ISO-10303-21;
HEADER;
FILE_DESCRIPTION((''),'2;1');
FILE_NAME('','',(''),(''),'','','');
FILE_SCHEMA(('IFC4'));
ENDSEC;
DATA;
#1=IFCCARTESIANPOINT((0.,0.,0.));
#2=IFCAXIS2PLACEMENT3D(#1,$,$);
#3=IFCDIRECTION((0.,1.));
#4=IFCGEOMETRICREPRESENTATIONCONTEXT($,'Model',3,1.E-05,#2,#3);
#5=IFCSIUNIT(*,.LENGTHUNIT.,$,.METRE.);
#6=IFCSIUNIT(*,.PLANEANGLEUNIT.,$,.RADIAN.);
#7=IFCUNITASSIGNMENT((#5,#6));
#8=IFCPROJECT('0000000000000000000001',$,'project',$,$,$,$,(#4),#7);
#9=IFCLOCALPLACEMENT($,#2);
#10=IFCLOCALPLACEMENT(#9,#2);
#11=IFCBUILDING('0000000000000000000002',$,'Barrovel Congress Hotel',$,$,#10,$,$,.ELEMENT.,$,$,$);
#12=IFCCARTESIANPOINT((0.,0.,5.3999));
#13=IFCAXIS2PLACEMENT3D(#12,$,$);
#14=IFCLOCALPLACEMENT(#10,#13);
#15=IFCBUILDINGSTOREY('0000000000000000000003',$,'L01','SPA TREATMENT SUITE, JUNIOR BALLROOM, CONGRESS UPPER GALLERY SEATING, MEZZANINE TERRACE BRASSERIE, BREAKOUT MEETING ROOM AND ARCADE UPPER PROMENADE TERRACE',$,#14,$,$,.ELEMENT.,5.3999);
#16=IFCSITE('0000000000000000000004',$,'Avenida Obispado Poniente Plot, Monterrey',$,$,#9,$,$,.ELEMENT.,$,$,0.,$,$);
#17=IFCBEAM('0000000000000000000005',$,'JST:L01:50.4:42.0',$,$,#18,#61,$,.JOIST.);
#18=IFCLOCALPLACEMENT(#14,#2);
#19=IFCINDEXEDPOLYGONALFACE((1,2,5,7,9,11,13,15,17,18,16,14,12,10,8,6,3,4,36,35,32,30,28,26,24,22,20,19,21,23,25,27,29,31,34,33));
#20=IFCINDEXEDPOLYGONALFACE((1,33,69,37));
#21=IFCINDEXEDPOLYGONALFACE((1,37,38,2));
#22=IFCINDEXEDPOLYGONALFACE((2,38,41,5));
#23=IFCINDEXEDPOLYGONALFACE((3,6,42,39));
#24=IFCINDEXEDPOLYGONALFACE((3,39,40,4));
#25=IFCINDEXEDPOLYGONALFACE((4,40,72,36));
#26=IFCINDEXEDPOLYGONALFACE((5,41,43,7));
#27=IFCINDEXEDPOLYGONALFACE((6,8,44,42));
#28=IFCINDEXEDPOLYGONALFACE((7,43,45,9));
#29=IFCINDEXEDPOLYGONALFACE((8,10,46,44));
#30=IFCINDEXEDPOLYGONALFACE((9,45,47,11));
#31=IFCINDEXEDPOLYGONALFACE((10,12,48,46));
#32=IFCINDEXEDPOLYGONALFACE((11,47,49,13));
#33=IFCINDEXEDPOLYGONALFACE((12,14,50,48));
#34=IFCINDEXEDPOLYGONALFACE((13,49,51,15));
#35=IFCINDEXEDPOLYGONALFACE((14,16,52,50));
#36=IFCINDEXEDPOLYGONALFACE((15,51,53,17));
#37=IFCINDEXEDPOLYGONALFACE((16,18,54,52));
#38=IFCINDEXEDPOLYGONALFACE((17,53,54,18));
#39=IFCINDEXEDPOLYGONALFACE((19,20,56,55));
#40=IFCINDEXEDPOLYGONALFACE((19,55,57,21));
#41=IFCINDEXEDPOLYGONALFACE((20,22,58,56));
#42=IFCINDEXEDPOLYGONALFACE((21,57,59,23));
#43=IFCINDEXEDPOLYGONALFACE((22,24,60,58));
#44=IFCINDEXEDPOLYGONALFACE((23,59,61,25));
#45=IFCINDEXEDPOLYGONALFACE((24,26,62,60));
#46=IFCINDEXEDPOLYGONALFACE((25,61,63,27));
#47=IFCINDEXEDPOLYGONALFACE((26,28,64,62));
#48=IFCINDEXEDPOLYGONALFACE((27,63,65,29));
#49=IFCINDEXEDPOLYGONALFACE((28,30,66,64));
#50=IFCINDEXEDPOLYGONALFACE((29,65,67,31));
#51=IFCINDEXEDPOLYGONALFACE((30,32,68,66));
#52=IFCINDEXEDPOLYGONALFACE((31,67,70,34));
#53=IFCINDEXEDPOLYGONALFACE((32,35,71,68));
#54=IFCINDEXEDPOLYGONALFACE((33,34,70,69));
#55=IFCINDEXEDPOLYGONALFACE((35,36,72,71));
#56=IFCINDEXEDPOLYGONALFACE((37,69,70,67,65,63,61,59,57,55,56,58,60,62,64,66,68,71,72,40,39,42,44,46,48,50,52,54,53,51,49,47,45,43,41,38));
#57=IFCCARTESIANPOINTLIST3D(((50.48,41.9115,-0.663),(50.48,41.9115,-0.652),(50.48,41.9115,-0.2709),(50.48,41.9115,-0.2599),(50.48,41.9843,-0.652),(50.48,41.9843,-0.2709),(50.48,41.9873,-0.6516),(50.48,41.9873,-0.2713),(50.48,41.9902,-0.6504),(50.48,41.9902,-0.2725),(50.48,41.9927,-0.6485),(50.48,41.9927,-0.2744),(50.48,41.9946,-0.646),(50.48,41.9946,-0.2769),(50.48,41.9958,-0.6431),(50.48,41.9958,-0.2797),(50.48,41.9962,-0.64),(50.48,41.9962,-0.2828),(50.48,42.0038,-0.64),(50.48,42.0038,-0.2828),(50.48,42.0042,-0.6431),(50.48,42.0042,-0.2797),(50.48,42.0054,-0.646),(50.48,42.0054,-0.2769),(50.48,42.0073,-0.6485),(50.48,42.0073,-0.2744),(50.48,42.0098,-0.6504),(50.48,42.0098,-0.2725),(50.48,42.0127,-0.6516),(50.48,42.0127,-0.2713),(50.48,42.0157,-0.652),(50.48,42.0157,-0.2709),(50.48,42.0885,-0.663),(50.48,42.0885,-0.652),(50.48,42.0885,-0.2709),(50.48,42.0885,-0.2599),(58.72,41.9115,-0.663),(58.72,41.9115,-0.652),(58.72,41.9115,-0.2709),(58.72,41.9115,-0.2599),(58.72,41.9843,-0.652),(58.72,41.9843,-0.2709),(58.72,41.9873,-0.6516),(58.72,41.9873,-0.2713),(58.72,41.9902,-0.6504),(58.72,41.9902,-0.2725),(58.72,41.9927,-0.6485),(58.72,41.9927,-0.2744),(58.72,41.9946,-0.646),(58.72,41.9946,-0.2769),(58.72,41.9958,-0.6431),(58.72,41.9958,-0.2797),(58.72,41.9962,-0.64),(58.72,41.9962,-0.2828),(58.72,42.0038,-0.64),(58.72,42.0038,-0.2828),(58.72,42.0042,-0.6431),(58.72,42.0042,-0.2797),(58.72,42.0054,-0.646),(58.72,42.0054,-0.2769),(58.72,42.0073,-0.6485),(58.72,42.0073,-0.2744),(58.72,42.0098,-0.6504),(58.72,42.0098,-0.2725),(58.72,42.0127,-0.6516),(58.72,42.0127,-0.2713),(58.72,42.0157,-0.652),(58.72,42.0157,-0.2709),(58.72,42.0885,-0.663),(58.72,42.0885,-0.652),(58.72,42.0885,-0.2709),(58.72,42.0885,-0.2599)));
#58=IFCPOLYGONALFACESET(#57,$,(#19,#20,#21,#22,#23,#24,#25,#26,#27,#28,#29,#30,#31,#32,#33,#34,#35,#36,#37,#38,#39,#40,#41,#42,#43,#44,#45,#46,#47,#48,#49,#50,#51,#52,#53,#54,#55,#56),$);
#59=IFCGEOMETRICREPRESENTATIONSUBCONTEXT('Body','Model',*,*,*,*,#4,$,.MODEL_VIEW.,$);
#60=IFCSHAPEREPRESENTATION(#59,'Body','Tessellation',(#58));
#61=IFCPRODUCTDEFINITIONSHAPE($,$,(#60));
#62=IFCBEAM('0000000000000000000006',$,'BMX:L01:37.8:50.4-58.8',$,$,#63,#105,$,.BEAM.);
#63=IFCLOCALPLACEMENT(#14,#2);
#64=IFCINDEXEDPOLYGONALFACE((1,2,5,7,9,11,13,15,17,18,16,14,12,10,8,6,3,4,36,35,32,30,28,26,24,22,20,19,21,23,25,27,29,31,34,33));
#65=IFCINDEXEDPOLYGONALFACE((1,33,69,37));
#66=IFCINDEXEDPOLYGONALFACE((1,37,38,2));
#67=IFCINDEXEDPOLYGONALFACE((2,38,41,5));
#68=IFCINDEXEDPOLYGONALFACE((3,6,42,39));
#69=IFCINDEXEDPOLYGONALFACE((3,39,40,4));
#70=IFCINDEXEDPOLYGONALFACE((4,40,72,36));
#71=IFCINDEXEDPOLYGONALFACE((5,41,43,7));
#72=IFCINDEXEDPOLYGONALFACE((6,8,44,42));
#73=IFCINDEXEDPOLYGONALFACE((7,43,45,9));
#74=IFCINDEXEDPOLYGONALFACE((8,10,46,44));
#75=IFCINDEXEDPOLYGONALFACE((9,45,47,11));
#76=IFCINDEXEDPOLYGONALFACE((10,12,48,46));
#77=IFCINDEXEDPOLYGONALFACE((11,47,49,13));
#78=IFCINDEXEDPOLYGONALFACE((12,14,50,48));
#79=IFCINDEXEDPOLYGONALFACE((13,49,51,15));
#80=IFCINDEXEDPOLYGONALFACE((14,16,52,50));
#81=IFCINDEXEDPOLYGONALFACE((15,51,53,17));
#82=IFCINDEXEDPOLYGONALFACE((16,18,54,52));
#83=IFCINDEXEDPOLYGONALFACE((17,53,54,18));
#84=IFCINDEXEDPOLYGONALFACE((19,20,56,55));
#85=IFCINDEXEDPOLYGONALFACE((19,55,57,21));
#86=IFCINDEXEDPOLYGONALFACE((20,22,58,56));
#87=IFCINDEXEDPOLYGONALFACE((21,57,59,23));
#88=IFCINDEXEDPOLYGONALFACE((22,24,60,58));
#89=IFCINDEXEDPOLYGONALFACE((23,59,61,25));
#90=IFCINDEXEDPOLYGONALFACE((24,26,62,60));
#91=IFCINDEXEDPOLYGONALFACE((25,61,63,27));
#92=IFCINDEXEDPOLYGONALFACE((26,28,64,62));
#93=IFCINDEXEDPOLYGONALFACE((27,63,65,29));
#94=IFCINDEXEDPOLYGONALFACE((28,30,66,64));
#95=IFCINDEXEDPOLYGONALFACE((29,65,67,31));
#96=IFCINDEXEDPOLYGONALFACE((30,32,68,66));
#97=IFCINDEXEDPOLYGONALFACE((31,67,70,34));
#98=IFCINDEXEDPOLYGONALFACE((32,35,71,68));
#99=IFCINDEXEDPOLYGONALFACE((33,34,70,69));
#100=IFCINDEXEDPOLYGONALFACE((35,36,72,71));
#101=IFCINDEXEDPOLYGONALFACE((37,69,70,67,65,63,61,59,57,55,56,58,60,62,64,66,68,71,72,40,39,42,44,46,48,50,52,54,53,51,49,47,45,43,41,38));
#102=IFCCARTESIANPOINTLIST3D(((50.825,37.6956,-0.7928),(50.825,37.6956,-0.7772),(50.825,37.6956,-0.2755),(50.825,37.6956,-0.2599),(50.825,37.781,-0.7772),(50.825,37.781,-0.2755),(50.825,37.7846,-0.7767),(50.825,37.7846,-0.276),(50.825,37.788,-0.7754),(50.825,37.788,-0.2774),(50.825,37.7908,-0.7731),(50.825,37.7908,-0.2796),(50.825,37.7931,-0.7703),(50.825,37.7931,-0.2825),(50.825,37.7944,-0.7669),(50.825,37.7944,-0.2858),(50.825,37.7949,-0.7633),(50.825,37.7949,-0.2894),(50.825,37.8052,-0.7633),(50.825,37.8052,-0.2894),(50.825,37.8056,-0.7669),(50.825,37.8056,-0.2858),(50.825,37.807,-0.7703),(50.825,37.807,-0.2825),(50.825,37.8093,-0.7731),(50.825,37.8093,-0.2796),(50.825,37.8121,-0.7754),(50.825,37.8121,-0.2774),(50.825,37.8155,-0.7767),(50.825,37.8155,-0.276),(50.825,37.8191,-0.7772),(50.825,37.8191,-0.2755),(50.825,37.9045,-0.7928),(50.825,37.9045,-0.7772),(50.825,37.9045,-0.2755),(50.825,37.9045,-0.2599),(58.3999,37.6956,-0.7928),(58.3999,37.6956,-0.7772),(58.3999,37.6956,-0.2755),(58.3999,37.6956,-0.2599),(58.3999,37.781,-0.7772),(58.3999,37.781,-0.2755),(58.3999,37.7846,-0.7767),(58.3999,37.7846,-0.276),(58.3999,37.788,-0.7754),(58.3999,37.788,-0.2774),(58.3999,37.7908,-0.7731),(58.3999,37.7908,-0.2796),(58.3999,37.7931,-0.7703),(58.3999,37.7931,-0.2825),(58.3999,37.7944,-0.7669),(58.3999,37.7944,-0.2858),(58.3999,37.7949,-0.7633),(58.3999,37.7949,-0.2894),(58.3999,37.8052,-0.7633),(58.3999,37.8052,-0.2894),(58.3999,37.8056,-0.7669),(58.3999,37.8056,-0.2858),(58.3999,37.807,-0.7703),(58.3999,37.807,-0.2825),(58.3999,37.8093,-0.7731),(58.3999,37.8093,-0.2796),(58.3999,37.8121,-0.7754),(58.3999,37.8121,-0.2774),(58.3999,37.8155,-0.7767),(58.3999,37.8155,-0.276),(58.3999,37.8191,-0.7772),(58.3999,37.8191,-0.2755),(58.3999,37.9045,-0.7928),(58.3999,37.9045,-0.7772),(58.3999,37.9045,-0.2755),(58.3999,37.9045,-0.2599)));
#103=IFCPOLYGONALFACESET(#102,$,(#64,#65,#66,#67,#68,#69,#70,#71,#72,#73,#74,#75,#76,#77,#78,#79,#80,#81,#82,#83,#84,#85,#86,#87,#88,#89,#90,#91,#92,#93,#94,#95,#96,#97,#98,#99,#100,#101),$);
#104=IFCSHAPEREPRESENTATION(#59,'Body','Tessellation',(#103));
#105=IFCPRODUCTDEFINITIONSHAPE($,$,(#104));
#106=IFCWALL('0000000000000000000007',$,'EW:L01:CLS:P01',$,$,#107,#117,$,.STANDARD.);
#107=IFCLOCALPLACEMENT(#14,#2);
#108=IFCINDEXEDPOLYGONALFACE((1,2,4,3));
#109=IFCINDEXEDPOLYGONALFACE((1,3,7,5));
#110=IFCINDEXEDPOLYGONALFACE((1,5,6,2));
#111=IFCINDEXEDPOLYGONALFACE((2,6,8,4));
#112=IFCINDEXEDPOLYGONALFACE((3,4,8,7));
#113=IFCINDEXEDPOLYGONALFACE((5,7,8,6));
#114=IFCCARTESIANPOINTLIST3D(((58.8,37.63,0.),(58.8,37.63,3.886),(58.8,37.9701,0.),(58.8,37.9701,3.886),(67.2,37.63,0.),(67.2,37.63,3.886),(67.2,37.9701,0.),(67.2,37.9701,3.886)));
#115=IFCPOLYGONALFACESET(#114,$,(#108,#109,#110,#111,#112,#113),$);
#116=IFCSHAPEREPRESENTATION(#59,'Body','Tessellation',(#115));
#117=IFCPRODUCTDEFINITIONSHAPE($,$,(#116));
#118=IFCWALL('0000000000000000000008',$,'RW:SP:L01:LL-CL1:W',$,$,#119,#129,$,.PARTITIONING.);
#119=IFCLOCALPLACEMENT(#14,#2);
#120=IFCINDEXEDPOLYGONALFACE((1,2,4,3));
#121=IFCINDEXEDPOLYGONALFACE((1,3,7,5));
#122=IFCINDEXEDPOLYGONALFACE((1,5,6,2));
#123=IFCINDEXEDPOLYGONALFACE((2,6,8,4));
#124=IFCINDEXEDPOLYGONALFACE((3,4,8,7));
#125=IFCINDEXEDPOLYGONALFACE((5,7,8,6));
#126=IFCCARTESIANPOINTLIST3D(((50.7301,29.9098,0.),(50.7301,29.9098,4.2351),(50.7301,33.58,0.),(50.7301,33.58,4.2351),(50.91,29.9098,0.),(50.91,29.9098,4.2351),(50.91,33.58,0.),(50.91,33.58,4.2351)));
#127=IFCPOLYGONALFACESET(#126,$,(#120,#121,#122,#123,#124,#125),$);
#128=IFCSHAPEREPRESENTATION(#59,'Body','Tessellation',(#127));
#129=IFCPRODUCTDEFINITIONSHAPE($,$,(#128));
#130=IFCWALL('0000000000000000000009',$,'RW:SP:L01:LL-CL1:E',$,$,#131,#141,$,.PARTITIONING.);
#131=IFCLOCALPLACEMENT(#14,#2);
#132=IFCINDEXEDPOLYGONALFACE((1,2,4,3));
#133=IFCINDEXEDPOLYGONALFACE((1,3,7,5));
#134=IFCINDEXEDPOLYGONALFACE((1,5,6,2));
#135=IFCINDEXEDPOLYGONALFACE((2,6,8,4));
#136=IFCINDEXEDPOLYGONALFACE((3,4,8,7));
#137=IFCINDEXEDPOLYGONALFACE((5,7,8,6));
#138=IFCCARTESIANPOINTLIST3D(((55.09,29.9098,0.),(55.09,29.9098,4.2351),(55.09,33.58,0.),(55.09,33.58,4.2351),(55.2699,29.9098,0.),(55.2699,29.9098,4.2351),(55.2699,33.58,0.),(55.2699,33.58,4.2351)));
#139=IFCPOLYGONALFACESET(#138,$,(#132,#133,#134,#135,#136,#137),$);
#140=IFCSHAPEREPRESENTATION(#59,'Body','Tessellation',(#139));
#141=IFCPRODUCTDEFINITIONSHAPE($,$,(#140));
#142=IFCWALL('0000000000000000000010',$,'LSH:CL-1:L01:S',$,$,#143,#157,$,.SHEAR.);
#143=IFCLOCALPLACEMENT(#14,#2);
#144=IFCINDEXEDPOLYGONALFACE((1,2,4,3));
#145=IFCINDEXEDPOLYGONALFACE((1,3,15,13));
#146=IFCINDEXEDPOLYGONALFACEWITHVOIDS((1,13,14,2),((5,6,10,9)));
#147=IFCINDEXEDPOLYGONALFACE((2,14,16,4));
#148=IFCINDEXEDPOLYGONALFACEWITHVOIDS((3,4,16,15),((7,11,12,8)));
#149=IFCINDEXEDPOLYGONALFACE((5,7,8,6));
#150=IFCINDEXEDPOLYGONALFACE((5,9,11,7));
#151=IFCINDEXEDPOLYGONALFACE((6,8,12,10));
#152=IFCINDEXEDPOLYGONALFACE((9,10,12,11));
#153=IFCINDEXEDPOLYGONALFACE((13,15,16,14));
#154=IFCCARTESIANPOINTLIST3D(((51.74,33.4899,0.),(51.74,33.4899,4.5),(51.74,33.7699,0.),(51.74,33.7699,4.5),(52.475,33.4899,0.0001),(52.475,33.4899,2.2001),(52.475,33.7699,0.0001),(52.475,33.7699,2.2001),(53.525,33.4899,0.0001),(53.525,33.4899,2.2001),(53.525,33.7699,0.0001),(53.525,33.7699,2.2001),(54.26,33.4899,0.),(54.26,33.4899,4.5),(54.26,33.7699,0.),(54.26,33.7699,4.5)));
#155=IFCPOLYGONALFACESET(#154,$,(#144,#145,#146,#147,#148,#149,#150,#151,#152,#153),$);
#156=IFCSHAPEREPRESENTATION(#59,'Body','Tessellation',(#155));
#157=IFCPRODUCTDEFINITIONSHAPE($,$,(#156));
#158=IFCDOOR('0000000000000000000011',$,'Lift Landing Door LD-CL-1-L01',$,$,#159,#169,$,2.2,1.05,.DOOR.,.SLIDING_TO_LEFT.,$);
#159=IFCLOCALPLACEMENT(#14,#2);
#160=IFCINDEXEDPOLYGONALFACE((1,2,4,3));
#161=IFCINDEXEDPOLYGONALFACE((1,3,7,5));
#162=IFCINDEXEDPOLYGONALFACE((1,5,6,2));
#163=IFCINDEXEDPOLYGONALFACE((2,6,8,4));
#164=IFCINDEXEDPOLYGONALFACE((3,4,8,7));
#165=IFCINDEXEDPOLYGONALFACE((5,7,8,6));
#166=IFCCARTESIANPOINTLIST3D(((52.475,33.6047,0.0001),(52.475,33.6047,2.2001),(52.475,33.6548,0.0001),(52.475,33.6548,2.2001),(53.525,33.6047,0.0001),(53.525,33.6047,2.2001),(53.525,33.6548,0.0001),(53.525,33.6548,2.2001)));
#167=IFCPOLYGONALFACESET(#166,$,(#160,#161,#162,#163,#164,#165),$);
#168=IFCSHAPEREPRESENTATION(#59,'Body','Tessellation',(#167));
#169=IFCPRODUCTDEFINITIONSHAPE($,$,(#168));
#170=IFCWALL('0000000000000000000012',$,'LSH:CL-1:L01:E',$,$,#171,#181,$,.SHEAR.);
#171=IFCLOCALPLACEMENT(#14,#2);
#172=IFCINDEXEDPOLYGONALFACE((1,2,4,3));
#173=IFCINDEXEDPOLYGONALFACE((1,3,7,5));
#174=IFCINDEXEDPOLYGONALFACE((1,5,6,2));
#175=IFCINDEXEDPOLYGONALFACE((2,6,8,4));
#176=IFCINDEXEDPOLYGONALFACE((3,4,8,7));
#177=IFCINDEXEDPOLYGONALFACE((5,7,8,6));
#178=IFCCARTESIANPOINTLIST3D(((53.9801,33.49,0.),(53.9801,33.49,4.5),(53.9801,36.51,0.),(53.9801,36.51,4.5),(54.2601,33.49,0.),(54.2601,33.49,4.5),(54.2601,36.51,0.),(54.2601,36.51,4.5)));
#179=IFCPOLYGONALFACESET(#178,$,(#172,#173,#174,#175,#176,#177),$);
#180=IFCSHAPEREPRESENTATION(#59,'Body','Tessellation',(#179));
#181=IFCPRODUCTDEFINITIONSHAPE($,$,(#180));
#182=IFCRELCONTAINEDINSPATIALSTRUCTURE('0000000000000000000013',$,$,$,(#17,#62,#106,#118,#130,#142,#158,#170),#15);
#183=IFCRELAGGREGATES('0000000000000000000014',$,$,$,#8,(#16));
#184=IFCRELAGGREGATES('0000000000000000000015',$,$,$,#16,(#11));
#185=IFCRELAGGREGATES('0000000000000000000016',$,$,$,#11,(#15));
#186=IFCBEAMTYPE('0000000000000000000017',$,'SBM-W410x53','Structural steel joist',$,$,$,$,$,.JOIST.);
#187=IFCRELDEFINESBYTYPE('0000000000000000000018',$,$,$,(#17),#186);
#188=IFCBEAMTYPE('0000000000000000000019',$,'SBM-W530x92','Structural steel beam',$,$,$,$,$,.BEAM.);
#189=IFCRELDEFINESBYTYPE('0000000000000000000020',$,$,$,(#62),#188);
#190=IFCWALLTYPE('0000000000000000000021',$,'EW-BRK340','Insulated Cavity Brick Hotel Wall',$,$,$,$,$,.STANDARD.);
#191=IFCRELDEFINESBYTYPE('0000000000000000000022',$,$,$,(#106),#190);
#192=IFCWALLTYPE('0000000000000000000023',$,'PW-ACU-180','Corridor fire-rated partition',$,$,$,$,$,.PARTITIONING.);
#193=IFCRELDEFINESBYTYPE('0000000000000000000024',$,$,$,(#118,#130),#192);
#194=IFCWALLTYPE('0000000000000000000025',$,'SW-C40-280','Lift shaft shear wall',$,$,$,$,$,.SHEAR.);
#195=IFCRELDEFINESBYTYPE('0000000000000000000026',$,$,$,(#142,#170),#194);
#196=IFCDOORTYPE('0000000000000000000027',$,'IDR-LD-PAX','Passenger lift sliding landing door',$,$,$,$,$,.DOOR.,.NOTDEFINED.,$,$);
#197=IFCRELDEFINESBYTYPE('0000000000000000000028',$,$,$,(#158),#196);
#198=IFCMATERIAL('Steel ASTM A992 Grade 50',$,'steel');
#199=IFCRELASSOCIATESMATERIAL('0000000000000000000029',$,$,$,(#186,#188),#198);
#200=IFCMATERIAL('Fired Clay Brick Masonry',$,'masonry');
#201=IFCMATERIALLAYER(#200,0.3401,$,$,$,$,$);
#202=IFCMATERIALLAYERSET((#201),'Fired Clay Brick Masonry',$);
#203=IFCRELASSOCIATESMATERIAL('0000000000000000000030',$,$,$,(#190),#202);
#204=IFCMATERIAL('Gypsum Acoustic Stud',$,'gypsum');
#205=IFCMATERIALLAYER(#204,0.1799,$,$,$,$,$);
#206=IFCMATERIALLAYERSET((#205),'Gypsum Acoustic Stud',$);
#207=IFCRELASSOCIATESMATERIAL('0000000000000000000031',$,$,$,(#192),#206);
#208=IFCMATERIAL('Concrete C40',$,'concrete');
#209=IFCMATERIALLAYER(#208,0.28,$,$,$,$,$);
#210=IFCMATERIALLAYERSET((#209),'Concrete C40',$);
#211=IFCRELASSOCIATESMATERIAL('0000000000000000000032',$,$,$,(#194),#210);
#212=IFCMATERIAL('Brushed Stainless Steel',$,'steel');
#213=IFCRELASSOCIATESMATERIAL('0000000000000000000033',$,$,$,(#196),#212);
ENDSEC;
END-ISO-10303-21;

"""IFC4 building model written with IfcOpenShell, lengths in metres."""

from ifc_helpers import new_model, si_unit, direction, frame, frame_2d, origin, origin_2d, place, context, subcontext, project, spatial, rectangle, i_section, extrude, material, layer, layer_set, material_profile, profile_set, type_object, element, fill, save


model = new_model("IFC4")

# Units and contexts
model_context = context("Model", 3, precision=1e-05, world=origin(), true_north=direction((0.0, 1.0)))
body_context = subcontext(model_context, "Body", "Model", "MODEL_VIEW")
ifc_project = project(units=[si_unit("LENGTHUNIT", "METRE"), si_unit("PLANEANGLEUNIT", "RADIAN")], contexts=[model_context])

# Site, building, storey
site_placement = place(None, origin())
site = spatial("IfcSite", under=ifc_project, at=site_placement, Name="Avenida Obispado Poniente Plot, Monterrey", CompositionType="ELEMENT", RefElevation=0.0)
building_placement = place(site_placement, origin())
building = spatial("IfcBuilding", under=site, at=building_placement, Name="Barrovel Congress Hotel", CompositionType="ELEMENT")
storey_placement = place(building_placement, frame((0.0, 0.0, 5.3999)))
storey = spatial("IfcBuildingStorey", under=building, at=storey_placement, Name="L01", Description="SPA TREATMENT SUITE, JUNIOR BALLROOM, CONGRESS UPPER GALLERY SEATING, MEZZANINE TERRACE BRASSERIE, BREAKOUT MEETING ROOM AND ARCADE UPPER PROMENADE TERRACE", CompositionType="ELEMENT", Elevation=5.3999)

# Shared definitions
ifc_material_1 = material(Name="Concrete C40", Category="concrete")

# Beams
ifc_material_2 = material(Name="Steel ASTM A992 Grade 50", Category="steel")
ifc_material_profile_1 = material_profile(ifc_material_2, i_section(OverallWidth=0.177, OverallDepth=0.4031, WebThickness=0.0076, FlangeThickness=0.011, FilletRadius=0.012, at=origin_2d()), Name="W410x53")
ifc_profile_set_1 = profile_set([ifc_material_profile_1], Name="Steel ASTM A992 Grade 50")
beam_type_1 = type_object("IfcBeamType", Name="SBM-W410x53", Description="Structural steel joist", PredefinedType="JOIST", material=ifc_profile_set_1)
beam_1_placement = place(storey_placement, frame((50.48, 42.0, -0.4614), z_axis=(1.0, 0.0, 0.0), x_axis=(0.0, 1.0, 0.0)))
element("IfcBeam", 1, at=beam_1_placement, inside=storey, type_object=beam_type_1, Name="JST:L01:50.4:42.0", PredefinedType="JOIST", context=body_context, shape_type="SweptSolid", body=[
    extrude(i_section(OverallWidth=0.177, OverallDepth=0.4031, WebThickness=0.0076, FlangeThickness=0.011, FilletRadius=0.012, at=origin_2d()), origin(), (0.0, 0.0, 1.0), 8.24),
])
ifc_material_profile_2 = material_profile(ifc_material_2, i_section(OverallWidth=0.209, OverallDepth=0.533, WebThickness=0.0103, FlangeThickness=0.0156, FilletRadius=0.0139, at=origin_2d()), Name="W530x92")
ifc_profile_set_2 = profile_set([ifc_material_profile_2], Name="Steel ASTM A992 Grade 50")
beam_type_2 = type_object("IfcBeamType", Name="SBM-W530x92", Description="Structural steel beam", PredefinedType="BEAM", material=ifc_profile_set_2)
beam_2_placement = place(storey_placement, frame((50.825, 37.8, -0.5264), z_axis=(1.0, 0.0, 0.0), x_axis=(0.0, 1.0, 0.0)))
element("IfcBeam", 2, at=beam_2_placement, inside=storey, type_object=beam_type_2, Name="BMX:L01:37.8:50.4-58.8", PredefinedType="BEAM", context=body_context, shape_type="SweptSolid", body=[
    extrude(i_section(OverallWidth=0.209, OverallDepth=0.533, WebThickness=0.0103, FlangeThickness=0.0156, FilletRadius=0.0139, at=origin_2d()), origin(), (0.0, 0.0, 1.0), 7.575),
])

# Wall
ifc_material_3 = material(Name="Fired Clay Brick Masonry", Category="masonry")
ifc_layer_1 = layer(ifc_material_3, 0.3401)
ifc_layer_set_1 = layer_set([ifc_layer_1], Name="Fired Clay Brick Masonry")
wall_type_1 = type_object("IfcWallType", Name="EW-BRK340", Description="Insulated Cavity Brick Hotel Wall", PredefinedType="STANDARD", material=ifc_layer_set_1)
wall_1_placement = place(storey_placement, frame((58.8, 37.8, 0.0), z_axis=(0.0, 0.0, 1.0), x_axis=(1.0, 0.0, 0.0)))
element("IfcWall", 3, at=wall_1_placement, inside=storey, type_object=wall_type_1, Name="EW:L01:CLS:P01", PredefinedType="STANDARD", context=body_context, shape_type="SweptSolid", body=[
    extrude(rectangle(XDim=8.3999, YDim=0.3401, at=frame_2d((4.2, 0.0))), origin(), (0.0, 0.0, 1.0), 3.886),
])

# Shared definitions
ifc_material_4 = material(Name="Gypsum Acoustic Stud", Category="gypsum")
ifc_layer_2 = layer(ifc_material_4, 0.1799)
ifc_layer_set_2 = layer_set([ifc_layer_2], Name="Gypsum Acoustic Stud")
wall_type_2 = type_object("IfcWallType", Name="PW-ACU-180", Description="Corridor fire-rated partition", PredefinedType="PARTITIONING", material=ifc_layer_set_2)

# Walls
for number, where, z_axis, x_axis, name in (
    (4, (50.8201, 29.9099, 0.0), (0.0, 0.0, 1.0), (0.0, 1.0, 0.0), "RW:SP:L01:LL-CL1:W"),
    (5, (55.1799, 29.9099, 0.0), (0.0, 0.0, 1.0), (0.0, 1.0, 0.0), "RW:SP:L01:LL-CL1:E"),
):
    element("IfcWall", number, at=place(storey_placement, frame(where, z_axis=z_axis, x_axis=x_axis)), inside=storey, type_object=wall_type_2, Name=name, PredefinedType="PARTITIONING", context=body_context, shape_type="SweptSolid", body=[
        extrude(rectangle(XDim=3.6702, YDim=0.1799, at=frame_2d((1.835, 0.0))), origin(), (0.0, 0.0, 1.0), 4.2351),
    ])

# Wall, opening, door
ifc_layer_3 = layer(ifc_material_1, 0.28)
ifc_layer_set_3 = layer_set([ifc_layer_3], Name="Concrete C40")
wall_type_3 = type_object("IfcWallType", Name="SW-C40-280", Description="Lift shaft shear wall", PredefinedType="SHEAR", material=ifc_layer_set_3)
wall_2_placement = place(storey_placement, frame((51.74, 33.6299, 0.0), z_axis=(0.0, 0.0, 1.0), x_axis=(1.0, 0.0, 0.0)))
wall_2 = element("IfcWall", 6, at=wall_2_placement, inside=storey, type_object=wall_type_3, Name="LSH:CL-1:L01:S", PredefinedType="SHEAR", context=body_context, shape_type="SweptSolid", body=[
    extrude(rectangle(XDim=2.52, YDim=0.28, at=frame_2d((1.26, 0.0))), origin(), (0.0, 0.0, 1.0), 4.5),
])
opening_1_placement = place(wall_2_placement, frame((0.7351, 0.0, 0.0)))
opening_1 = element("IfcOpeningElement", 7, at=opening_1_placement, cuts=wall_2, PredefinedType="OPENING", context=body_context, shape_type="SweptSolid", body=[
    extrude(rectangle(XDim=1.05, YDim=2.2, at=frame_2d((0.5249, 1.1001))), frame((0.0, 0.1499, 0.0), z_axis=(0.0, -1.0, 0.0), x_axis=(1.0, 0.0, 0.0)), (0.0, 0.0, 1.0), 0.3),
])
ifc_material_5 = material(Name="Brushed Stainless Steel", Category="steel")
door_type_1 = type_object("IfcDoorType", Name="IDR-LD-PAX", Description="Passenger lift sliding landing door", OperationType="NOTDEFINED", PredefinedType="DOOR", material=ifc_material_5)
door_1_placement = place(opening_1_placement, origin())
door_1 = element("IfcDoor", 8, at=door_1_placement, inside=storey, type_object=door_type_1, Name="Lift Landing Door LD-CL-1-L01", OperationType="SLIDING_TO_LEFT", OverallHeight=2.2, OverallWidth=1.05, PredefinedType="DOOR", context=body_context, shape_type="SweptSolid", body=[
    extrude(rectangle(XDim=1.05, YDim=2.2, at=frame_2d((0.5249, 1.1001))), frame((0.0, 0.0249, 0.0), z_axis=(0.0, -1.0, 0.0), x_axis=(1.0, 0.0, 0.0)), (0.0, 0.0, 1.0), 0.05),
])
fill(opening_1, door_1)

# Wall
wall_3_placement = place(storey_placement, frame((54.1201, 33.49, 0.0), z_axis=(0.0, 0.0, 1.0), x_axis=(0.0, 1.0, 0.0)))
element("IfcWall", 9, at=wall_3_placement, inside=storey, type_object=wall_type_3, Name="LSH:CL-1:L01:E", PredefinedType="SHEAR", context=body_context, shape_type="SweptSolid", body=[
    extrude(rectangle(XDim=3.02, YDim=0.28, at=frame_2d((1.51, 0.0))), origin(), (0.0, 0.0, 1.0), 4.5),
])

save(model, "model.ifc")
